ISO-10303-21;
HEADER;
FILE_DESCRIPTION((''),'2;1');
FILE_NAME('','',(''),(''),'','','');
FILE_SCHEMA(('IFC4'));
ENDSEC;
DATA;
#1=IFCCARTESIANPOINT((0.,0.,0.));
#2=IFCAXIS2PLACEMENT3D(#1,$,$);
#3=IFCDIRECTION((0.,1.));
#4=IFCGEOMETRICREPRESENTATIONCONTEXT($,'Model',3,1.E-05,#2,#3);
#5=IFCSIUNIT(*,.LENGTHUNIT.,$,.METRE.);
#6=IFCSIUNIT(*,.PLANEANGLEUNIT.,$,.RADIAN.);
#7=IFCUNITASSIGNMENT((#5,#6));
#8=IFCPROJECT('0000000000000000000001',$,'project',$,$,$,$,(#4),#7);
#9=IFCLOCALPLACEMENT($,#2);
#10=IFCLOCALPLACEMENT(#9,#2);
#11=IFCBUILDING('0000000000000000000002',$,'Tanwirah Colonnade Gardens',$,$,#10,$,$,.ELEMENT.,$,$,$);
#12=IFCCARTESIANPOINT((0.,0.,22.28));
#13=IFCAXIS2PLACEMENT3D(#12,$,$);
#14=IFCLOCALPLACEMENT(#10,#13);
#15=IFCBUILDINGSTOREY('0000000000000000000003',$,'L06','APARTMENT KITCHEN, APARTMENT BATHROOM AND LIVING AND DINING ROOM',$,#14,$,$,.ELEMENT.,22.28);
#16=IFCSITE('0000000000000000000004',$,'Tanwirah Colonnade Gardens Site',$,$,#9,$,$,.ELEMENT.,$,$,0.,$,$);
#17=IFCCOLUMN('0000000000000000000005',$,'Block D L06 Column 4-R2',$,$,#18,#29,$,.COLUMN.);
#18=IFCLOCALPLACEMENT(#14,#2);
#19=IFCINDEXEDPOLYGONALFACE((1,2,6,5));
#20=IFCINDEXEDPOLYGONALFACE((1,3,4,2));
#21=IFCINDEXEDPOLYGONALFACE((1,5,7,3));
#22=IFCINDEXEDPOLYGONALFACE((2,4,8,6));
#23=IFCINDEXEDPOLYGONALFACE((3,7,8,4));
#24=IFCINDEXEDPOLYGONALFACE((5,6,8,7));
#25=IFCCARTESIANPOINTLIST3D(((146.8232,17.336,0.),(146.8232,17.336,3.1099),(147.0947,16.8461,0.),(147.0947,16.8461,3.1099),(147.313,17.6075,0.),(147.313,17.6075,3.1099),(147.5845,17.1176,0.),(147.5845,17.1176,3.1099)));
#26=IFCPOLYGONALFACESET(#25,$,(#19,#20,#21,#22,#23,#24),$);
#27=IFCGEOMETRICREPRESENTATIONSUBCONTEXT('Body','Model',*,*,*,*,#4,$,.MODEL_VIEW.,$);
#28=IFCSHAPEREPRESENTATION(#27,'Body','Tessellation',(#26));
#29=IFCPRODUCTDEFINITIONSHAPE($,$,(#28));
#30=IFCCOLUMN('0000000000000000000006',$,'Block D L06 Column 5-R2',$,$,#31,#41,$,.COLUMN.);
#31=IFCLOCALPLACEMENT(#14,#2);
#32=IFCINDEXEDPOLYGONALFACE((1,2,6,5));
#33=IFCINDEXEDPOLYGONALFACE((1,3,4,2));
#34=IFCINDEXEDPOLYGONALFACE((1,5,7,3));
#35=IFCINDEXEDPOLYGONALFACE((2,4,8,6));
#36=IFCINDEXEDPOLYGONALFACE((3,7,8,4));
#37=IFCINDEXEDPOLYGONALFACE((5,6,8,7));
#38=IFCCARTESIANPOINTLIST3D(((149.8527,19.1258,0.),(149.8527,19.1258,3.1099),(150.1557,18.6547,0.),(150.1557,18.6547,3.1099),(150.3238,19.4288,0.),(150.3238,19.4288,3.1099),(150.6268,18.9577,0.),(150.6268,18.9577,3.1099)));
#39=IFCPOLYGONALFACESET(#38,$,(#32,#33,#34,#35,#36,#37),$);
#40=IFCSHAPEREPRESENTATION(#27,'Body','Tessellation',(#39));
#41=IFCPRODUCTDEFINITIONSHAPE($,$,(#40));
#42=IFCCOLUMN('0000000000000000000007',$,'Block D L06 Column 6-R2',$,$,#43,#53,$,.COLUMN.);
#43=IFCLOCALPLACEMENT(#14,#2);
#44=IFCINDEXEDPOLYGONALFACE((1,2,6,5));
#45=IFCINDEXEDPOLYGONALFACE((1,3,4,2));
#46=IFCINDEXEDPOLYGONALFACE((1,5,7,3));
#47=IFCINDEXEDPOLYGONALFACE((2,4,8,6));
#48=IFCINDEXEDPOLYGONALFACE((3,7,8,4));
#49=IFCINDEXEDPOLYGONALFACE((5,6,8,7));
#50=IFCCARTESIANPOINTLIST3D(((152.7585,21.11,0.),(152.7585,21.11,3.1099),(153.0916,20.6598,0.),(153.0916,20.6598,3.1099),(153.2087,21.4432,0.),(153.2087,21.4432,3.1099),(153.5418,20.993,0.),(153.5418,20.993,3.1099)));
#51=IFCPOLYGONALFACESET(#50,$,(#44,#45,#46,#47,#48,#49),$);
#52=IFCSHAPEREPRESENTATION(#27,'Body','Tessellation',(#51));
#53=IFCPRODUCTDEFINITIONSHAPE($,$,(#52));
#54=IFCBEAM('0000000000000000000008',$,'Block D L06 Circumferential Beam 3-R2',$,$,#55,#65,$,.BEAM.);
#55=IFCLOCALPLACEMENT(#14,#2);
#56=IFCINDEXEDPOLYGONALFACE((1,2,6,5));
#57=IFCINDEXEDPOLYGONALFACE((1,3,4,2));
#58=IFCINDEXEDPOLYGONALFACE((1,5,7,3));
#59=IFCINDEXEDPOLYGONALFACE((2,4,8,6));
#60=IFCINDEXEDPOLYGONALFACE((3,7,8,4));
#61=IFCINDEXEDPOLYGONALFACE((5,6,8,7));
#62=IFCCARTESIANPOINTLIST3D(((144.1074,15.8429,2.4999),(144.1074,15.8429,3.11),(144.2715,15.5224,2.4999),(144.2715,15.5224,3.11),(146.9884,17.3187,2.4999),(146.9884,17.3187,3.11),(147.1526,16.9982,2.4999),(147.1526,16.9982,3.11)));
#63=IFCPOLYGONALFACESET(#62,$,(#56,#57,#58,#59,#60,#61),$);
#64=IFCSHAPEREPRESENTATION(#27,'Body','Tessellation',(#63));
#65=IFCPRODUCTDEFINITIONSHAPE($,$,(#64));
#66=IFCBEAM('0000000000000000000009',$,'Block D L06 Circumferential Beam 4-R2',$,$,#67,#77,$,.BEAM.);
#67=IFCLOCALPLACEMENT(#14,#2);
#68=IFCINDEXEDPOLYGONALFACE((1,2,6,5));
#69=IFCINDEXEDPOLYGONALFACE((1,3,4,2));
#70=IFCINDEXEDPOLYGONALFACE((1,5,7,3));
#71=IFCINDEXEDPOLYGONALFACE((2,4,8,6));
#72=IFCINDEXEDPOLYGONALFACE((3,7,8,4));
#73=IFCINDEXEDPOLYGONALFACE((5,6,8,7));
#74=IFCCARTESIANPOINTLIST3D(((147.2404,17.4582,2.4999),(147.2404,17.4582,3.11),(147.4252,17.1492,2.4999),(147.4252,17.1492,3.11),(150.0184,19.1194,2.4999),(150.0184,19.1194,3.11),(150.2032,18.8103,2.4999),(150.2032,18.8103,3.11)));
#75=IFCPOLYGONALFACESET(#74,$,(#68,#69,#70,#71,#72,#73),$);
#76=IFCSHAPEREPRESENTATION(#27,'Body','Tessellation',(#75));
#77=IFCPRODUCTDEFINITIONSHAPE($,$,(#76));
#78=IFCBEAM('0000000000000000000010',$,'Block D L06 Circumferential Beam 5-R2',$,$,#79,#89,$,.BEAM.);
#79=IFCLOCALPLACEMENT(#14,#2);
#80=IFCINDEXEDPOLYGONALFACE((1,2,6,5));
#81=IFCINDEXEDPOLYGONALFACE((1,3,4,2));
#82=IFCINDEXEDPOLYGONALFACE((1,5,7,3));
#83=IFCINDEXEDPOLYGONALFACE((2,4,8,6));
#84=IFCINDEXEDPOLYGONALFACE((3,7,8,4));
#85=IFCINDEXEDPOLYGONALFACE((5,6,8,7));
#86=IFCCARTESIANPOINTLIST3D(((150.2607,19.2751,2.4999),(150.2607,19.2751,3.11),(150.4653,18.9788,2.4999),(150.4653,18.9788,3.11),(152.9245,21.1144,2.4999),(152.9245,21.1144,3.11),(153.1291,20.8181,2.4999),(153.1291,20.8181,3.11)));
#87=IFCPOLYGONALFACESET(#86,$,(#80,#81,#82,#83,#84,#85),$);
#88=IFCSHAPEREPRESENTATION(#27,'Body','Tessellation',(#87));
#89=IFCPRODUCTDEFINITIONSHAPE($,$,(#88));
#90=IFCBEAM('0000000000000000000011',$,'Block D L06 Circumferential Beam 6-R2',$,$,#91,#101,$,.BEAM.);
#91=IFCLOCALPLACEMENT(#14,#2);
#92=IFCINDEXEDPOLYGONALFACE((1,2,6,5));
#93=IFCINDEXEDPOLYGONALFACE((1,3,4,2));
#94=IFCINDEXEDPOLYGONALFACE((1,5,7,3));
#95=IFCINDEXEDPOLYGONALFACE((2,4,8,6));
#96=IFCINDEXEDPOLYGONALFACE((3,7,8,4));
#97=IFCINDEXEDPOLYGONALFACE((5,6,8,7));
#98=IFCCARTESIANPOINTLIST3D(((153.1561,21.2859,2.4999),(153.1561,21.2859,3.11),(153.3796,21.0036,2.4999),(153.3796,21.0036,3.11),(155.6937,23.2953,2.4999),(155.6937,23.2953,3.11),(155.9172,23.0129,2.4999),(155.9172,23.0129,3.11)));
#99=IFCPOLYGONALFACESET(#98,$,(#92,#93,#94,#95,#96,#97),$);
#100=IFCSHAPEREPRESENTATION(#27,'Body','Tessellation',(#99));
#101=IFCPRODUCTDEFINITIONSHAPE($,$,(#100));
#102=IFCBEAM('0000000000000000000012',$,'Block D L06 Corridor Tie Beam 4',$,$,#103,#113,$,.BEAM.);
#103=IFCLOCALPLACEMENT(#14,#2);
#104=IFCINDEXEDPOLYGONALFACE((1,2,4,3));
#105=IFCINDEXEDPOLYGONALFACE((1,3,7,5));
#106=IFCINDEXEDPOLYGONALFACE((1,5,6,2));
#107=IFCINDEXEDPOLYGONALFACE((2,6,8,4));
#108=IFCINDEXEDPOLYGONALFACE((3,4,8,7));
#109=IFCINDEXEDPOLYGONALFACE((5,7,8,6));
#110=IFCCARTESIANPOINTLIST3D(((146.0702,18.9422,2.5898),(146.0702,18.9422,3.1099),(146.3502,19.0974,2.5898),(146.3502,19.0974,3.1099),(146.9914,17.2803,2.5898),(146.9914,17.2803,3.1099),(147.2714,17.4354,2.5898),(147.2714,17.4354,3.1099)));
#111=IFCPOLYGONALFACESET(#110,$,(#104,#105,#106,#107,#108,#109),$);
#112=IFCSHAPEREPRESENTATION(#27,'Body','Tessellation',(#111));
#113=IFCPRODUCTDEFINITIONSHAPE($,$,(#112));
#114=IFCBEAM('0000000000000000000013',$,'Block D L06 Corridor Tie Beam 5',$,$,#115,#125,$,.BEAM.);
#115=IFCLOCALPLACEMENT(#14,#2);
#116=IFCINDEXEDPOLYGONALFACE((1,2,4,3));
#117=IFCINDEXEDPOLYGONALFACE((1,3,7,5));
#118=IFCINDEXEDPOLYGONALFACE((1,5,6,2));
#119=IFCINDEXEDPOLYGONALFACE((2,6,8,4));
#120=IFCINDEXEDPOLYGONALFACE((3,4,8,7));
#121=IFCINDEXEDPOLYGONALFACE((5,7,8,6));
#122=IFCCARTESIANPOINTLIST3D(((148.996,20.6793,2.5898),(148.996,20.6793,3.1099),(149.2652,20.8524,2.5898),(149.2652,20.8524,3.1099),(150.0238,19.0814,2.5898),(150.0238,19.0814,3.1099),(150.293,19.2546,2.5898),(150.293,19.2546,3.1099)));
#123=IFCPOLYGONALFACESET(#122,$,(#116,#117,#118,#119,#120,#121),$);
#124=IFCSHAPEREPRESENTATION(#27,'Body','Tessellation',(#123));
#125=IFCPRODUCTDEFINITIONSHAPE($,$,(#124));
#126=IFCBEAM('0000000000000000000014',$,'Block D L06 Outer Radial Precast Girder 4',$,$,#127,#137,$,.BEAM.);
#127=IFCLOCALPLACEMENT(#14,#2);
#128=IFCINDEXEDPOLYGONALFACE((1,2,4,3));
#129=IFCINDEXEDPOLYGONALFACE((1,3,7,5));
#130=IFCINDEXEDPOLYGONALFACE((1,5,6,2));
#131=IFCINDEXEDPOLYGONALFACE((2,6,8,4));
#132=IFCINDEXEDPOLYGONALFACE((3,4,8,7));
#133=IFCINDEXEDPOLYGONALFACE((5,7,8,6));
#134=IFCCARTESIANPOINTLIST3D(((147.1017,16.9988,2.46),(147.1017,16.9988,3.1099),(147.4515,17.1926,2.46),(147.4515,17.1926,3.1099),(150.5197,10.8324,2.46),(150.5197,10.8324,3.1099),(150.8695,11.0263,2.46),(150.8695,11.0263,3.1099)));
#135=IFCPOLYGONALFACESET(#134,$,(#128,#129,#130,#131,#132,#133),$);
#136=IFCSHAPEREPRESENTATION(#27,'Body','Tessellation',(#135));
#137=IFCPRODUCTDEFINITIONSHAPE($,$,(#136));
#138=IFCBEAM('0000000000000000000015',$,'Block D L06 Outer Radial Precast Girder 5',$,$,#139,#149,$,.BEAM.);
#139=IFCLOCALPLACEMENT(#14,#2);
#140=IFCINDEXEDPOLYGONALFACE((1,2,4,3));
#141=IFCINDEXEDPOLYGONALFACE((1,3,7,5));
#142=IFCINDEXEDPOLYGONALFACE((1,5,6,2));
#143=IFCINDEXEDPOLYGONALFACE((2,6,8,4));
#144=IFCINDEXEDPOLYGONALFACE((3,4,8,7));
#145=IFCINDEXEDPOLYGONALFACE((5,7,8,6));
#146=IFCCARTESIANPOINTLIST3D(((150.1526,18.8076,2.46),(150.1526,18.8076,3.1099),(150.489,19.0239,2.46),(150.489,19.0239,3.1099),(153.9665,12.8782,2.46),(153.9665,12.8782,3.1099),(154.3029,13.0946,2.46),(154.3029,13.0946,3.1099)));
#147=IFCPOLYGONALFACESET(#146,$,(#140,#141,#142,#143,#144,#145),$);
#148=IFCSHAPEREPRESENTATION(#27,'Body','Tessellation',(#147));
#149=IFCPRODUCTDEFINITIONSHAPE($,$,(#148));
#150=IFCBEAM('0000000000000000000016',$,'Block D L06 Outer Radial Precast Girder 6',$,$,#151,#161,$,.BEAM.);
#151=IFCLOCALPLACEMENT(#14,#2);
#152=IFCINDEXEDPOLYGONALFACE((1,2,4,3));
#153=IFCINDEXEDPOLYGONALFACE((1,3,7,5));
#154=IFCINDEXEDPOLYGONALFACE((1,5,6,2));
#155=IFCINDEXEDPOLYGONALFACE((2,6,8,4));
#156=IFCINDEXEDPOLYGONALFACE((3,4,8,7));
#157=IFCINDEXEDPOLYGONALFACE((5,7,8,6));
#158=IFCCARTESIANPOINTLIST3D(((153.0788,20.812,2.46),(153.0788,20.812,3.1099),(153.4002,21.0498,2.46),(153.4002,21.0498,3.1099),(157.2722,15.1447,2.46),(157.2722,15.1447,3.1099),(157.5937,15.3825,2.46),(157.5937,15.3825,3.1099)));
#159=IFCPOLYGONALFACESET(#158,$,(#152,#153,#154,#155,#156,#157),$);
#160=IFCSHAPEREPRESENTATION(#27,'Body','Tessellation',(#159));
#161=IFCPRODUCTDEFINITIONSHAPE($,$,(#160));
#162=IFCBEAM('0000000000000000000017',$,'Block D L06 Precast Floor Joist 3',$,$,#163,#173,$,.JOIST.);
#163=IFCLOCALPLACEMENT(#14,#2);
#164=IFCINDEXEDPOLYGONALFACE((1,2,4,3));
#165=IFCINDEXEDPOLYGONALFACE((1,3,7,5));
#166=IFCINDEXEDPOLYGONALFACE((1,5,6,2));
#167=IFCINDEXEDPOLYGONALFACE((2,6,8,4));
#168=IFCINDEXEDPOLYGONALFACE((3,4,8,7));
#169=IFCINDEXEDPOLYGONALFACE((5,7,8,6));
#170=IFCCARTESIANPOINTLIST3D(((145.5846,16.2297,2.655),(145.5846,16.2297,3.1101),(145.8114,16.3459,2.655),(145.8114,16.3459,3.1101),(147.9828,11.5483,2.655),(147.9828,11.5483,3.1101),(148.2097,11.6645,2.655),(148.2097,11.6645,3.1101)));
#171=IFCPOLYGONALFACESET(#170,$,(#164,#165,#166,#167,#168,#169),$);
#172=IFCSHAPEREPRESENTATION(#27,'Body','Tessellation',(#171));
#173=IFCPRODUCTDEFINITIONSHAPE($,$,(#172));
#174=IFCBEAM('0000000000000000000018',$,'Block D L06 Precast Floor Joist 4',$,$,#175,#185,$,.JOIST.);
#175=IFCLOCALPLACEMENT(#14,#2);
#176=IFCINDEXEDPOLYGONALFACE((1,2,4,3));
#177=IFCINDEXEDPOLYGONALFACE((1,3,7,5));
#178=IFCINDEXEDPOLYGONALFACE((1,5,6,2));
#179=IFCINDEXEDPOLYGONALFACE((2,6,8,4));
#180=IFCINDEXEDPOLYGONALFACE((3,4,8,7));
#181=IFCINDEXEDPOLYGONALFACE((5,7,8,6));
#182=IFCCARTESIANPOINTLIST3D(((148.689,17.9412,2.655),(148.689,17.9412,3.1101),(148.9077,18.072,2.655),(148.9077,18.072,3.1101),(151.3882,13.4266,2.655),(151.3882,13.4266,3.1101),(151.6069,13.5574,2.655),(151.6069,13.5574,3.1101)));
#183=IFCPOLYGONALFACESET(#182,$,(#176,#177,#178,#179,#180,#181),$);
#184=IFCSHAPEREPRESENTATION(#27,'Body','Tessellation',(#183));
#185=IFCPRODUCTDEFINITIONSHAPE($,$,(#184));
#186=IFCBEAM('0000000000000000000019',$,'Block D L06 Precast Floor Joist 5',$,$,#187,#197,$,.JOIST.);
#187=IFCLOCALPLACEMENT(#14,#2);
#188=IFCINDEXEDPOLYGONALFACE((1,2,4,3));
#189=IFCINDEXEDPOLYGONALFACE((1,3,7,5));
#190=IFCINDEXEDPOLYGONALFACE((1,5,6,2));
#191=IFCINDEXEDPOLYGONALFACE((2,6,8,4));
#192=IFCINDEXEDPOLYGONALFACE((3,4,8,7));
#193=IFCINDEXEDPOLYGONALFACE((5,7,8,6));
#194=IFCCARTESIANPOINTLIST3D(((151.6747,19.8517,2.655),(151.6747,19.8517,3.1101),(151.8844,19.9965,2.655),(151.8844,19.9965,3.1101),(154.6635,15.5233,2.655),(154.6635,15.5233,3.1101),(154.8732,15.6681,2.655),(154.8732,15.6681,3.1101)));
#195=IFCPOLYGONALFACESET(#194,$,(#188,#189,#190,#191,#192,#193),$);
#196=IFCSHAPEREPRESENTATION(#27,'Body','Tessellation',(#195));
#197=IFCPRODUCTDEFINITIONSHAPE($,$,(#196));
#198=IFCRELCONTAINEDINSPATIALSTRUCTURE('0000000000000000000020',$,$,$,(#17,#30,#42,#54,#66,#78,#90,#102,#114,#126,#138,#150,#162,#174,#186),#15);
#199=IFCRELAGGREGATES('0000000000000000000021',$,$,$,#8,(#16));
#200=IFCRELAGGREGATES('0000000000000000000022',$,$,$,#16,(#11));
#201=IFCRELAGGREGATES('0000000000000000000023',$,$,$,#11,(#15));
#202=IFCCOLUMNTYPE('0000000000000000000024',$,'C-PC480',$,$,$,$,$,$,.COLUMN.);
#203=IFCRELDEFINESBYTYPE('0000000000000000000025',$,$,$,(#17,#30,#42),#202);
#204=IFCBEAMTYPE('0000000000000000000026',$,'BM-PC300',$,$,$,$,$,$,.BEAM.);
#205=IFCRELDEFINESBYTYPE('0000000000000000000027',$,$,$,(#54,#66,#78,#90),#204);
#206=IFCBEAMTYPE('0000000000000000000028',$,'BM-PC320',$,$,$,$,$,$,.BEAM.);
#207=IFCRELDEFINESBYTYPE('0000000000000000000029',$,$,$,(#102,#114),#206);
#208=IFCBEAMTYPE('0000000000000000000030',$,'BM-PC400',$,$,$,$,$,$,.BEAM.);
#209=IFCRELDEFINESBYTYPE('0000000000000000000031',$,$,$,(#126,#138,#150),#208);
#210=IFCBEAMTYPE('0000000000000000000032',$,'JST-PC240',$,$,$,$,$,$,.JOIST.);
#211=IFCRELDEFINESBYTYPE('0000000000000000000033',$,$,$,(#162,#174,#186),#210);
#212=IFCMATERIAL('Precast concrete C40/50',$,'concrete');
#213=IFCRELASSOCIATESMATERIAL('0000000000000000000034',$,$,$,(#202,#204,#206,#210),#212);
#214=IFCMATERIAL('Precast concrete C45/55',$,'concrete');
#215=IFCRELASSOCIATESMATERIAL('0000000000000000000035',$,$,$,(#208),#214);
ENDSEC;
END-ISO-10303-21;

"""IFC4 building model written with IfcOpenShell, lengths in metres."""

from ifc_helpers import new_model, si_unit, direction, frame, origin, origin_2d, place, context, subcontext, project, spatial, rectangle, extrude, material, material_profile, profile_set, type_object, element, save


model = new_model("IFC4")

# Units and contexts
model_context = context("Model", 3, precision=1e-05, world=origin(), true_north=direction((0.0, 1.0)))
body_context = subcontext(model_context, "Body", "Model", "MODEL_VIEW")
ifc_project = project(units=[si_unit("LENGTHUNIT", "METRE"), si_unit("PLANEANGLEUNIT", "RADIAN")], contexts=[model_context])

# Site, building, storey
site_placement = place(None, origin())
site = spatial("IfcSite", under=ifc_project, at=site_placement, Name="Tanwirah Colonnade Gardens Site", CompositionType="ELEMENT", RefElevation=0.0)
building_placement = place(site_placement, origin())
building = spatial("IfcBuilding", under=site, at=building_placement, Name="Tanwirah Colonnade Gardens", CompositionType="ELEMENT")
storey_placement = place(building_placement, frame((0.0, 0.0, 22.28)))
storey = spatial("IfcBuildingStorey", under=building, at=storey_placement, Name="L06", Description="APARTMENT KITCHEN, APARTMENT BATHROOM AND LIVING AND DINING ROOM", CompositionType="ELEMENT", Elevation=22.28)

# Columns
ifc_material_1 = material(Name="Precast concrete C40/50", Category="concrete")
ifc_material_profile_1 = material_profile(ifc_material_1, rectangle(XDim=0.5601, YDim=0.5601, at=origin_2d()), Name="PC-COL 560x560")
ifc_profile_set_1 = profile_set([ifc_material_profile_1], Name="Precast concrete C40/50")
column_type = type_object("IfcColumnType", Name="C-PC480", PredefinedType="COLUMN", material=ifc_profile_set_1)
for number, where, z_axis, x_axis, name in (
    (1, (147.2039, 17.2268, 0.0), (0.0, 0.0, 1.0), (0.48481, -0.87462, 0.0), "Block D L06 Column 4-R2"),
    (2, (150.2397, 19.0417, 0.0), (0.0, 0.0, 1.0), (0.540974, -0.841039, 0.0), "Block D L06 Column 5-R2"),
    (3, (153.1501, 21.0515, 0.0), (0.0, 0.0, 1.0), (0.594823, -0.803857, 0.0), "Block D L06 Column 6-R2"),
):
    element("IfcColumn", number, at=place(storey_placement, frame(where, z_axis=z_axis, x_axis=x_axis)), inside=storey, type_object=column_type, Name=name, PredefinedType="COLUMN", context=body_context, shape_type="SweptSolid", body=[
        extrude(rectangle(XDim=0.5601, YDim=0.5601, at=origin_2d()), origin(), (0.0, 0.0, 1.0), 3.1099),
    ])

# Beams
ifc_material_profile_2 = material_profile(ifc_material_1, rectangle(XDim=0.3601, YDim=0.6101, at=origin_2d()), Name="PC-BM 360x610")
ifc_profile_set_2 = profile_set([ifc_material_profile_2], Name="Precast concrete C40/50")
beam_type_1 = type_object("IfcBeamType", Name="BM-PC300", PredefinedType="BEAM", material=ifc_profile_set_2)
beam_1_placement = place(storey_placement, frame((144.1895, 15.6826, 2.8049), z_axis=(0.890025, 0.455911, 0.0), x_axis=(-0.455911, 0.890025, 0.0)))
element("IfcBeam", 4, at=beam_1_placement, inside=storey, type_object=beam_type_1, Name="Block D L06 Circumferential Beam 3-R2", PredefinedType="BEAM", context=body_context, shape_type="SweptSolid", body=[
    extrude(rectangle(XDim=0.3601, YDim=0.6101, at=origin_2d()), origin(), (0.0, 0.0, 1.0), 3.2371),
])
beam_2_placement = place(storey_placement, frame((147.3328, 17.3037, 2.8049), z_axis=(0.858271, 0.513197, 0.0), x_axis=(-0.513197, 0.858271, 0.0)))
element("IfcBeam", 5, at=beam_2_placement, inside=storey, type_object=beam_type_1, Name="Block D L06 Circumferential Beam 4-R2", PredefinedType="BEAM", context=body_context, shape_type="SweptSolid", body=[
    extrude(rectangle(XDim=0.3601, YDim=0.6101, at=origin_2d()), origin(), (0.0, 0.0, 1.0), 3.2368),
])
beam_3_placement = place(storey_placement, frame((150.363, 19.127, 2.8049), z_axis=(0.822889, 0.568202, 0.0), x_axis=(-0.568202, 0.822889, 0.0)))
element("IfcBeam", 6, at=beam_3_placement, inside=storey, type_object=beam_type_1, Name="Block D L06 Circumferential Beam 5-R2", PredefinedType="BEAM", context=body_context, shape_type="SweptSolid", body=[
    extrude(rectangle(XDim=0.3601, YDim=0.6101, at=origin_2d()), origin(), (0.0, 0.0, 1.0), 3.2371),
])
beam_4_placement = place(storey_placement, frame((153.2678, 21.1448, 2.8049), z_axis=(0.783994, 0.620769, 0.0), x_axis=(-0.620769, 0.783994, 0.0)))
element("IfcBeam", 7, at=beam_4_placement, inside=storey, type_object=beam_type_1, Name="Block D L06 Circumferential Beam 6-R2", PredefinedType="BEAM", context=body_context, shape_type="SweptSolid", body=[
    extrude(rectangle(XDim=0.3601, YDim=0.6101, at=origin_2d()), origin(), (0.0, 0.0, 1.0), 3.2368),
])
ifc_material_profile_3 = material_profile(ifc_material_1, rectangle(XDim=0.3201, YDim=0.52, at=origin_2d()), Name="PC-BM 320x520")
ifc_profile_set_3 = profile_set([ifc_material_profile_3], Name="Precast concrete C40/50")
beam_type_2 = type_object("IfcBeamType", Name="BM-PC320", PredefinedType="BEAM", material=ifc_profile_set_3)
beam_5_placement = place(storey_placement, frame((146.2102, 19.0198, 2.8499), z_axis=(0.484792, -0.87463, 0.0), x_axis=(0.87463, 0.484792, 0.0)))
element("IfcBeam", 8, at=beam_5_placement, inside=storey, type_object=beam_type_2, Name="Block D L06 Corridor Tie Beam 4", PredefinedType="BEAM", context=body_context, shape_type="SweptSolid", body=[
    extrude(rectangle(XDim=0.3201, YDim=0.52, at=origin_2d()), origin(), (0.0, 0.0, 1.0), 1.9001),
])
beam_6_placement = place(storey_placement, frame((149.1306, 20.7659, 2.8499), z_axis=(0.540985, -0.841032, 0.0), x_axis=(0.841032, 0.540985, 0.0)))
element("IfcBeam", 9, at=beam_6_placement, inside=storey, type_object=beam_type_2, Name="Block D L06 Corridor Tie Beam 5", PredefinedType="BEAM", context=body_context, shape_type="SweptSolid", body=[
    extrude(rectangle(XDim=0.3201, YDim=0.52, at=origin_2d()), origin(), (0.0, 0.0, 1.0), 1.8999),
])
ifc_material_2 = material(Name="Precast concrete C45/55", Category="concrete")
ifc_material_profile_4 = material_profile(ifc_material_2, rectangle(XDim=0.3999, YDim=0.6499, at=origin_2d()), Name="PC-BM 400x650")
ifc_profile_set_4 = profile_set([ifc_material_profile_4], Name="Precast concrete C45/55")
beam_type_3 = type_object("IfcBeamType", Name="BM-PC400", PredefinedType="BEAM", material=ifc_profile_set_4)
beam_7_placement = place(storey_placement, frame((147.2766, 17.0957, 2.7849), z_axis=(0.484805, -0.874622, 0.0), x_axis=(0.874622, 0.484805, 0.0)))
element("IfcBeam", 10, at=beam_7_placement, inside=storey, type_object=beam_type_3, Name="Block D L06 Outer Radial Precast Girder 4", PredefinedType="BEAM", context=body_context, shape_type="SweptSolid", body=[
    extrude(rectangle(XDim=0.3999, YDim=0.6499, at=origin_2d()), origin(), (0.0, 0.0, 1.0), 7.0503),
])
for number, where, z_axis, x_axis, name in (
    (11, (150.3208, 18.9158, 2.7849), (0.540976, -0.841038, 0.0), (0.841038, 0.540976, 0.0), "Block D L06 Outer Radial Precast Girder 5"),
    (12, (153.2395, 20.9309, 2.7849), (0.594807, -0.803869, 0.0), (0.803869, 0.594807, 0.0), "Block D L06 Outer Radial Precast Girder 6"),
):
    element("IfcBeam", number, at=place(storey_placement, frame(where, z_axis=z_axis, x_axis=x_axis)), inside=storey, type_object=beam_type_3, Name=name, PredefinedType="BEAM", context=body_context, shape_type="SweptSolid", body=[
        extrude(rectangle(XDim=0.3999, YDim=0.6499, at=origin_2d()), origin(), (0.0, 0.0, 1.0), 7.05),
    ])
ifc_material_profile_5 = material_profile(ifc_material_1, rectangle(XDim=0.2549, YDim=0.4551, at=origin_2d()), Name="PC-JST 255x455")
ifc_profile_set_5 = profile_set([ifc_material_profile_5], Name="Precast concrete C40/50")
beam_type_4 = type_object("IfcBeamType", Name="JST-PC240", PredefinedType="JOIST", material=ifc_profile_set_5)
for number, where, z_axis, x_axis, name in (
    (13, (145.698, 16.2878, 2.8826), (0.455937, -0.890012, 0.0), (0.890012, 0.455937, 0.0), "Block D L06 Precast Floor Joist 3"),
    (14, (148.7983, 18.0066, 2.8826), (0.513157, -0.858295, 0.0), (0.858295, 0.513157, 0.0), "Block D L06 Precast Floor Joist 4"),
    (15, (151.7795, 19.9241, 2.8826), (0.568208, -0.822885, 0.0), (0.822885, 0.568208, 0.0), "Block D L06 Precast Floor Joist 5"),
):
    element("IfcBeam", number, at=place(storey_placement, frame(where, z_axis=z_axis, x_axis=x_axis)), inside=storey, type_object=beam_type_4, Name=name, PredefinedType="JOIST", context=body_context, shape_type="SweptSolid", body=[
        extrude(rectangle(XDim=0.2549, YDim=0.4551, at=origin_2d()), origin(), (0.0, 0.0, 1.0), 5.26),
    ])

save(model, "model.ifc")
